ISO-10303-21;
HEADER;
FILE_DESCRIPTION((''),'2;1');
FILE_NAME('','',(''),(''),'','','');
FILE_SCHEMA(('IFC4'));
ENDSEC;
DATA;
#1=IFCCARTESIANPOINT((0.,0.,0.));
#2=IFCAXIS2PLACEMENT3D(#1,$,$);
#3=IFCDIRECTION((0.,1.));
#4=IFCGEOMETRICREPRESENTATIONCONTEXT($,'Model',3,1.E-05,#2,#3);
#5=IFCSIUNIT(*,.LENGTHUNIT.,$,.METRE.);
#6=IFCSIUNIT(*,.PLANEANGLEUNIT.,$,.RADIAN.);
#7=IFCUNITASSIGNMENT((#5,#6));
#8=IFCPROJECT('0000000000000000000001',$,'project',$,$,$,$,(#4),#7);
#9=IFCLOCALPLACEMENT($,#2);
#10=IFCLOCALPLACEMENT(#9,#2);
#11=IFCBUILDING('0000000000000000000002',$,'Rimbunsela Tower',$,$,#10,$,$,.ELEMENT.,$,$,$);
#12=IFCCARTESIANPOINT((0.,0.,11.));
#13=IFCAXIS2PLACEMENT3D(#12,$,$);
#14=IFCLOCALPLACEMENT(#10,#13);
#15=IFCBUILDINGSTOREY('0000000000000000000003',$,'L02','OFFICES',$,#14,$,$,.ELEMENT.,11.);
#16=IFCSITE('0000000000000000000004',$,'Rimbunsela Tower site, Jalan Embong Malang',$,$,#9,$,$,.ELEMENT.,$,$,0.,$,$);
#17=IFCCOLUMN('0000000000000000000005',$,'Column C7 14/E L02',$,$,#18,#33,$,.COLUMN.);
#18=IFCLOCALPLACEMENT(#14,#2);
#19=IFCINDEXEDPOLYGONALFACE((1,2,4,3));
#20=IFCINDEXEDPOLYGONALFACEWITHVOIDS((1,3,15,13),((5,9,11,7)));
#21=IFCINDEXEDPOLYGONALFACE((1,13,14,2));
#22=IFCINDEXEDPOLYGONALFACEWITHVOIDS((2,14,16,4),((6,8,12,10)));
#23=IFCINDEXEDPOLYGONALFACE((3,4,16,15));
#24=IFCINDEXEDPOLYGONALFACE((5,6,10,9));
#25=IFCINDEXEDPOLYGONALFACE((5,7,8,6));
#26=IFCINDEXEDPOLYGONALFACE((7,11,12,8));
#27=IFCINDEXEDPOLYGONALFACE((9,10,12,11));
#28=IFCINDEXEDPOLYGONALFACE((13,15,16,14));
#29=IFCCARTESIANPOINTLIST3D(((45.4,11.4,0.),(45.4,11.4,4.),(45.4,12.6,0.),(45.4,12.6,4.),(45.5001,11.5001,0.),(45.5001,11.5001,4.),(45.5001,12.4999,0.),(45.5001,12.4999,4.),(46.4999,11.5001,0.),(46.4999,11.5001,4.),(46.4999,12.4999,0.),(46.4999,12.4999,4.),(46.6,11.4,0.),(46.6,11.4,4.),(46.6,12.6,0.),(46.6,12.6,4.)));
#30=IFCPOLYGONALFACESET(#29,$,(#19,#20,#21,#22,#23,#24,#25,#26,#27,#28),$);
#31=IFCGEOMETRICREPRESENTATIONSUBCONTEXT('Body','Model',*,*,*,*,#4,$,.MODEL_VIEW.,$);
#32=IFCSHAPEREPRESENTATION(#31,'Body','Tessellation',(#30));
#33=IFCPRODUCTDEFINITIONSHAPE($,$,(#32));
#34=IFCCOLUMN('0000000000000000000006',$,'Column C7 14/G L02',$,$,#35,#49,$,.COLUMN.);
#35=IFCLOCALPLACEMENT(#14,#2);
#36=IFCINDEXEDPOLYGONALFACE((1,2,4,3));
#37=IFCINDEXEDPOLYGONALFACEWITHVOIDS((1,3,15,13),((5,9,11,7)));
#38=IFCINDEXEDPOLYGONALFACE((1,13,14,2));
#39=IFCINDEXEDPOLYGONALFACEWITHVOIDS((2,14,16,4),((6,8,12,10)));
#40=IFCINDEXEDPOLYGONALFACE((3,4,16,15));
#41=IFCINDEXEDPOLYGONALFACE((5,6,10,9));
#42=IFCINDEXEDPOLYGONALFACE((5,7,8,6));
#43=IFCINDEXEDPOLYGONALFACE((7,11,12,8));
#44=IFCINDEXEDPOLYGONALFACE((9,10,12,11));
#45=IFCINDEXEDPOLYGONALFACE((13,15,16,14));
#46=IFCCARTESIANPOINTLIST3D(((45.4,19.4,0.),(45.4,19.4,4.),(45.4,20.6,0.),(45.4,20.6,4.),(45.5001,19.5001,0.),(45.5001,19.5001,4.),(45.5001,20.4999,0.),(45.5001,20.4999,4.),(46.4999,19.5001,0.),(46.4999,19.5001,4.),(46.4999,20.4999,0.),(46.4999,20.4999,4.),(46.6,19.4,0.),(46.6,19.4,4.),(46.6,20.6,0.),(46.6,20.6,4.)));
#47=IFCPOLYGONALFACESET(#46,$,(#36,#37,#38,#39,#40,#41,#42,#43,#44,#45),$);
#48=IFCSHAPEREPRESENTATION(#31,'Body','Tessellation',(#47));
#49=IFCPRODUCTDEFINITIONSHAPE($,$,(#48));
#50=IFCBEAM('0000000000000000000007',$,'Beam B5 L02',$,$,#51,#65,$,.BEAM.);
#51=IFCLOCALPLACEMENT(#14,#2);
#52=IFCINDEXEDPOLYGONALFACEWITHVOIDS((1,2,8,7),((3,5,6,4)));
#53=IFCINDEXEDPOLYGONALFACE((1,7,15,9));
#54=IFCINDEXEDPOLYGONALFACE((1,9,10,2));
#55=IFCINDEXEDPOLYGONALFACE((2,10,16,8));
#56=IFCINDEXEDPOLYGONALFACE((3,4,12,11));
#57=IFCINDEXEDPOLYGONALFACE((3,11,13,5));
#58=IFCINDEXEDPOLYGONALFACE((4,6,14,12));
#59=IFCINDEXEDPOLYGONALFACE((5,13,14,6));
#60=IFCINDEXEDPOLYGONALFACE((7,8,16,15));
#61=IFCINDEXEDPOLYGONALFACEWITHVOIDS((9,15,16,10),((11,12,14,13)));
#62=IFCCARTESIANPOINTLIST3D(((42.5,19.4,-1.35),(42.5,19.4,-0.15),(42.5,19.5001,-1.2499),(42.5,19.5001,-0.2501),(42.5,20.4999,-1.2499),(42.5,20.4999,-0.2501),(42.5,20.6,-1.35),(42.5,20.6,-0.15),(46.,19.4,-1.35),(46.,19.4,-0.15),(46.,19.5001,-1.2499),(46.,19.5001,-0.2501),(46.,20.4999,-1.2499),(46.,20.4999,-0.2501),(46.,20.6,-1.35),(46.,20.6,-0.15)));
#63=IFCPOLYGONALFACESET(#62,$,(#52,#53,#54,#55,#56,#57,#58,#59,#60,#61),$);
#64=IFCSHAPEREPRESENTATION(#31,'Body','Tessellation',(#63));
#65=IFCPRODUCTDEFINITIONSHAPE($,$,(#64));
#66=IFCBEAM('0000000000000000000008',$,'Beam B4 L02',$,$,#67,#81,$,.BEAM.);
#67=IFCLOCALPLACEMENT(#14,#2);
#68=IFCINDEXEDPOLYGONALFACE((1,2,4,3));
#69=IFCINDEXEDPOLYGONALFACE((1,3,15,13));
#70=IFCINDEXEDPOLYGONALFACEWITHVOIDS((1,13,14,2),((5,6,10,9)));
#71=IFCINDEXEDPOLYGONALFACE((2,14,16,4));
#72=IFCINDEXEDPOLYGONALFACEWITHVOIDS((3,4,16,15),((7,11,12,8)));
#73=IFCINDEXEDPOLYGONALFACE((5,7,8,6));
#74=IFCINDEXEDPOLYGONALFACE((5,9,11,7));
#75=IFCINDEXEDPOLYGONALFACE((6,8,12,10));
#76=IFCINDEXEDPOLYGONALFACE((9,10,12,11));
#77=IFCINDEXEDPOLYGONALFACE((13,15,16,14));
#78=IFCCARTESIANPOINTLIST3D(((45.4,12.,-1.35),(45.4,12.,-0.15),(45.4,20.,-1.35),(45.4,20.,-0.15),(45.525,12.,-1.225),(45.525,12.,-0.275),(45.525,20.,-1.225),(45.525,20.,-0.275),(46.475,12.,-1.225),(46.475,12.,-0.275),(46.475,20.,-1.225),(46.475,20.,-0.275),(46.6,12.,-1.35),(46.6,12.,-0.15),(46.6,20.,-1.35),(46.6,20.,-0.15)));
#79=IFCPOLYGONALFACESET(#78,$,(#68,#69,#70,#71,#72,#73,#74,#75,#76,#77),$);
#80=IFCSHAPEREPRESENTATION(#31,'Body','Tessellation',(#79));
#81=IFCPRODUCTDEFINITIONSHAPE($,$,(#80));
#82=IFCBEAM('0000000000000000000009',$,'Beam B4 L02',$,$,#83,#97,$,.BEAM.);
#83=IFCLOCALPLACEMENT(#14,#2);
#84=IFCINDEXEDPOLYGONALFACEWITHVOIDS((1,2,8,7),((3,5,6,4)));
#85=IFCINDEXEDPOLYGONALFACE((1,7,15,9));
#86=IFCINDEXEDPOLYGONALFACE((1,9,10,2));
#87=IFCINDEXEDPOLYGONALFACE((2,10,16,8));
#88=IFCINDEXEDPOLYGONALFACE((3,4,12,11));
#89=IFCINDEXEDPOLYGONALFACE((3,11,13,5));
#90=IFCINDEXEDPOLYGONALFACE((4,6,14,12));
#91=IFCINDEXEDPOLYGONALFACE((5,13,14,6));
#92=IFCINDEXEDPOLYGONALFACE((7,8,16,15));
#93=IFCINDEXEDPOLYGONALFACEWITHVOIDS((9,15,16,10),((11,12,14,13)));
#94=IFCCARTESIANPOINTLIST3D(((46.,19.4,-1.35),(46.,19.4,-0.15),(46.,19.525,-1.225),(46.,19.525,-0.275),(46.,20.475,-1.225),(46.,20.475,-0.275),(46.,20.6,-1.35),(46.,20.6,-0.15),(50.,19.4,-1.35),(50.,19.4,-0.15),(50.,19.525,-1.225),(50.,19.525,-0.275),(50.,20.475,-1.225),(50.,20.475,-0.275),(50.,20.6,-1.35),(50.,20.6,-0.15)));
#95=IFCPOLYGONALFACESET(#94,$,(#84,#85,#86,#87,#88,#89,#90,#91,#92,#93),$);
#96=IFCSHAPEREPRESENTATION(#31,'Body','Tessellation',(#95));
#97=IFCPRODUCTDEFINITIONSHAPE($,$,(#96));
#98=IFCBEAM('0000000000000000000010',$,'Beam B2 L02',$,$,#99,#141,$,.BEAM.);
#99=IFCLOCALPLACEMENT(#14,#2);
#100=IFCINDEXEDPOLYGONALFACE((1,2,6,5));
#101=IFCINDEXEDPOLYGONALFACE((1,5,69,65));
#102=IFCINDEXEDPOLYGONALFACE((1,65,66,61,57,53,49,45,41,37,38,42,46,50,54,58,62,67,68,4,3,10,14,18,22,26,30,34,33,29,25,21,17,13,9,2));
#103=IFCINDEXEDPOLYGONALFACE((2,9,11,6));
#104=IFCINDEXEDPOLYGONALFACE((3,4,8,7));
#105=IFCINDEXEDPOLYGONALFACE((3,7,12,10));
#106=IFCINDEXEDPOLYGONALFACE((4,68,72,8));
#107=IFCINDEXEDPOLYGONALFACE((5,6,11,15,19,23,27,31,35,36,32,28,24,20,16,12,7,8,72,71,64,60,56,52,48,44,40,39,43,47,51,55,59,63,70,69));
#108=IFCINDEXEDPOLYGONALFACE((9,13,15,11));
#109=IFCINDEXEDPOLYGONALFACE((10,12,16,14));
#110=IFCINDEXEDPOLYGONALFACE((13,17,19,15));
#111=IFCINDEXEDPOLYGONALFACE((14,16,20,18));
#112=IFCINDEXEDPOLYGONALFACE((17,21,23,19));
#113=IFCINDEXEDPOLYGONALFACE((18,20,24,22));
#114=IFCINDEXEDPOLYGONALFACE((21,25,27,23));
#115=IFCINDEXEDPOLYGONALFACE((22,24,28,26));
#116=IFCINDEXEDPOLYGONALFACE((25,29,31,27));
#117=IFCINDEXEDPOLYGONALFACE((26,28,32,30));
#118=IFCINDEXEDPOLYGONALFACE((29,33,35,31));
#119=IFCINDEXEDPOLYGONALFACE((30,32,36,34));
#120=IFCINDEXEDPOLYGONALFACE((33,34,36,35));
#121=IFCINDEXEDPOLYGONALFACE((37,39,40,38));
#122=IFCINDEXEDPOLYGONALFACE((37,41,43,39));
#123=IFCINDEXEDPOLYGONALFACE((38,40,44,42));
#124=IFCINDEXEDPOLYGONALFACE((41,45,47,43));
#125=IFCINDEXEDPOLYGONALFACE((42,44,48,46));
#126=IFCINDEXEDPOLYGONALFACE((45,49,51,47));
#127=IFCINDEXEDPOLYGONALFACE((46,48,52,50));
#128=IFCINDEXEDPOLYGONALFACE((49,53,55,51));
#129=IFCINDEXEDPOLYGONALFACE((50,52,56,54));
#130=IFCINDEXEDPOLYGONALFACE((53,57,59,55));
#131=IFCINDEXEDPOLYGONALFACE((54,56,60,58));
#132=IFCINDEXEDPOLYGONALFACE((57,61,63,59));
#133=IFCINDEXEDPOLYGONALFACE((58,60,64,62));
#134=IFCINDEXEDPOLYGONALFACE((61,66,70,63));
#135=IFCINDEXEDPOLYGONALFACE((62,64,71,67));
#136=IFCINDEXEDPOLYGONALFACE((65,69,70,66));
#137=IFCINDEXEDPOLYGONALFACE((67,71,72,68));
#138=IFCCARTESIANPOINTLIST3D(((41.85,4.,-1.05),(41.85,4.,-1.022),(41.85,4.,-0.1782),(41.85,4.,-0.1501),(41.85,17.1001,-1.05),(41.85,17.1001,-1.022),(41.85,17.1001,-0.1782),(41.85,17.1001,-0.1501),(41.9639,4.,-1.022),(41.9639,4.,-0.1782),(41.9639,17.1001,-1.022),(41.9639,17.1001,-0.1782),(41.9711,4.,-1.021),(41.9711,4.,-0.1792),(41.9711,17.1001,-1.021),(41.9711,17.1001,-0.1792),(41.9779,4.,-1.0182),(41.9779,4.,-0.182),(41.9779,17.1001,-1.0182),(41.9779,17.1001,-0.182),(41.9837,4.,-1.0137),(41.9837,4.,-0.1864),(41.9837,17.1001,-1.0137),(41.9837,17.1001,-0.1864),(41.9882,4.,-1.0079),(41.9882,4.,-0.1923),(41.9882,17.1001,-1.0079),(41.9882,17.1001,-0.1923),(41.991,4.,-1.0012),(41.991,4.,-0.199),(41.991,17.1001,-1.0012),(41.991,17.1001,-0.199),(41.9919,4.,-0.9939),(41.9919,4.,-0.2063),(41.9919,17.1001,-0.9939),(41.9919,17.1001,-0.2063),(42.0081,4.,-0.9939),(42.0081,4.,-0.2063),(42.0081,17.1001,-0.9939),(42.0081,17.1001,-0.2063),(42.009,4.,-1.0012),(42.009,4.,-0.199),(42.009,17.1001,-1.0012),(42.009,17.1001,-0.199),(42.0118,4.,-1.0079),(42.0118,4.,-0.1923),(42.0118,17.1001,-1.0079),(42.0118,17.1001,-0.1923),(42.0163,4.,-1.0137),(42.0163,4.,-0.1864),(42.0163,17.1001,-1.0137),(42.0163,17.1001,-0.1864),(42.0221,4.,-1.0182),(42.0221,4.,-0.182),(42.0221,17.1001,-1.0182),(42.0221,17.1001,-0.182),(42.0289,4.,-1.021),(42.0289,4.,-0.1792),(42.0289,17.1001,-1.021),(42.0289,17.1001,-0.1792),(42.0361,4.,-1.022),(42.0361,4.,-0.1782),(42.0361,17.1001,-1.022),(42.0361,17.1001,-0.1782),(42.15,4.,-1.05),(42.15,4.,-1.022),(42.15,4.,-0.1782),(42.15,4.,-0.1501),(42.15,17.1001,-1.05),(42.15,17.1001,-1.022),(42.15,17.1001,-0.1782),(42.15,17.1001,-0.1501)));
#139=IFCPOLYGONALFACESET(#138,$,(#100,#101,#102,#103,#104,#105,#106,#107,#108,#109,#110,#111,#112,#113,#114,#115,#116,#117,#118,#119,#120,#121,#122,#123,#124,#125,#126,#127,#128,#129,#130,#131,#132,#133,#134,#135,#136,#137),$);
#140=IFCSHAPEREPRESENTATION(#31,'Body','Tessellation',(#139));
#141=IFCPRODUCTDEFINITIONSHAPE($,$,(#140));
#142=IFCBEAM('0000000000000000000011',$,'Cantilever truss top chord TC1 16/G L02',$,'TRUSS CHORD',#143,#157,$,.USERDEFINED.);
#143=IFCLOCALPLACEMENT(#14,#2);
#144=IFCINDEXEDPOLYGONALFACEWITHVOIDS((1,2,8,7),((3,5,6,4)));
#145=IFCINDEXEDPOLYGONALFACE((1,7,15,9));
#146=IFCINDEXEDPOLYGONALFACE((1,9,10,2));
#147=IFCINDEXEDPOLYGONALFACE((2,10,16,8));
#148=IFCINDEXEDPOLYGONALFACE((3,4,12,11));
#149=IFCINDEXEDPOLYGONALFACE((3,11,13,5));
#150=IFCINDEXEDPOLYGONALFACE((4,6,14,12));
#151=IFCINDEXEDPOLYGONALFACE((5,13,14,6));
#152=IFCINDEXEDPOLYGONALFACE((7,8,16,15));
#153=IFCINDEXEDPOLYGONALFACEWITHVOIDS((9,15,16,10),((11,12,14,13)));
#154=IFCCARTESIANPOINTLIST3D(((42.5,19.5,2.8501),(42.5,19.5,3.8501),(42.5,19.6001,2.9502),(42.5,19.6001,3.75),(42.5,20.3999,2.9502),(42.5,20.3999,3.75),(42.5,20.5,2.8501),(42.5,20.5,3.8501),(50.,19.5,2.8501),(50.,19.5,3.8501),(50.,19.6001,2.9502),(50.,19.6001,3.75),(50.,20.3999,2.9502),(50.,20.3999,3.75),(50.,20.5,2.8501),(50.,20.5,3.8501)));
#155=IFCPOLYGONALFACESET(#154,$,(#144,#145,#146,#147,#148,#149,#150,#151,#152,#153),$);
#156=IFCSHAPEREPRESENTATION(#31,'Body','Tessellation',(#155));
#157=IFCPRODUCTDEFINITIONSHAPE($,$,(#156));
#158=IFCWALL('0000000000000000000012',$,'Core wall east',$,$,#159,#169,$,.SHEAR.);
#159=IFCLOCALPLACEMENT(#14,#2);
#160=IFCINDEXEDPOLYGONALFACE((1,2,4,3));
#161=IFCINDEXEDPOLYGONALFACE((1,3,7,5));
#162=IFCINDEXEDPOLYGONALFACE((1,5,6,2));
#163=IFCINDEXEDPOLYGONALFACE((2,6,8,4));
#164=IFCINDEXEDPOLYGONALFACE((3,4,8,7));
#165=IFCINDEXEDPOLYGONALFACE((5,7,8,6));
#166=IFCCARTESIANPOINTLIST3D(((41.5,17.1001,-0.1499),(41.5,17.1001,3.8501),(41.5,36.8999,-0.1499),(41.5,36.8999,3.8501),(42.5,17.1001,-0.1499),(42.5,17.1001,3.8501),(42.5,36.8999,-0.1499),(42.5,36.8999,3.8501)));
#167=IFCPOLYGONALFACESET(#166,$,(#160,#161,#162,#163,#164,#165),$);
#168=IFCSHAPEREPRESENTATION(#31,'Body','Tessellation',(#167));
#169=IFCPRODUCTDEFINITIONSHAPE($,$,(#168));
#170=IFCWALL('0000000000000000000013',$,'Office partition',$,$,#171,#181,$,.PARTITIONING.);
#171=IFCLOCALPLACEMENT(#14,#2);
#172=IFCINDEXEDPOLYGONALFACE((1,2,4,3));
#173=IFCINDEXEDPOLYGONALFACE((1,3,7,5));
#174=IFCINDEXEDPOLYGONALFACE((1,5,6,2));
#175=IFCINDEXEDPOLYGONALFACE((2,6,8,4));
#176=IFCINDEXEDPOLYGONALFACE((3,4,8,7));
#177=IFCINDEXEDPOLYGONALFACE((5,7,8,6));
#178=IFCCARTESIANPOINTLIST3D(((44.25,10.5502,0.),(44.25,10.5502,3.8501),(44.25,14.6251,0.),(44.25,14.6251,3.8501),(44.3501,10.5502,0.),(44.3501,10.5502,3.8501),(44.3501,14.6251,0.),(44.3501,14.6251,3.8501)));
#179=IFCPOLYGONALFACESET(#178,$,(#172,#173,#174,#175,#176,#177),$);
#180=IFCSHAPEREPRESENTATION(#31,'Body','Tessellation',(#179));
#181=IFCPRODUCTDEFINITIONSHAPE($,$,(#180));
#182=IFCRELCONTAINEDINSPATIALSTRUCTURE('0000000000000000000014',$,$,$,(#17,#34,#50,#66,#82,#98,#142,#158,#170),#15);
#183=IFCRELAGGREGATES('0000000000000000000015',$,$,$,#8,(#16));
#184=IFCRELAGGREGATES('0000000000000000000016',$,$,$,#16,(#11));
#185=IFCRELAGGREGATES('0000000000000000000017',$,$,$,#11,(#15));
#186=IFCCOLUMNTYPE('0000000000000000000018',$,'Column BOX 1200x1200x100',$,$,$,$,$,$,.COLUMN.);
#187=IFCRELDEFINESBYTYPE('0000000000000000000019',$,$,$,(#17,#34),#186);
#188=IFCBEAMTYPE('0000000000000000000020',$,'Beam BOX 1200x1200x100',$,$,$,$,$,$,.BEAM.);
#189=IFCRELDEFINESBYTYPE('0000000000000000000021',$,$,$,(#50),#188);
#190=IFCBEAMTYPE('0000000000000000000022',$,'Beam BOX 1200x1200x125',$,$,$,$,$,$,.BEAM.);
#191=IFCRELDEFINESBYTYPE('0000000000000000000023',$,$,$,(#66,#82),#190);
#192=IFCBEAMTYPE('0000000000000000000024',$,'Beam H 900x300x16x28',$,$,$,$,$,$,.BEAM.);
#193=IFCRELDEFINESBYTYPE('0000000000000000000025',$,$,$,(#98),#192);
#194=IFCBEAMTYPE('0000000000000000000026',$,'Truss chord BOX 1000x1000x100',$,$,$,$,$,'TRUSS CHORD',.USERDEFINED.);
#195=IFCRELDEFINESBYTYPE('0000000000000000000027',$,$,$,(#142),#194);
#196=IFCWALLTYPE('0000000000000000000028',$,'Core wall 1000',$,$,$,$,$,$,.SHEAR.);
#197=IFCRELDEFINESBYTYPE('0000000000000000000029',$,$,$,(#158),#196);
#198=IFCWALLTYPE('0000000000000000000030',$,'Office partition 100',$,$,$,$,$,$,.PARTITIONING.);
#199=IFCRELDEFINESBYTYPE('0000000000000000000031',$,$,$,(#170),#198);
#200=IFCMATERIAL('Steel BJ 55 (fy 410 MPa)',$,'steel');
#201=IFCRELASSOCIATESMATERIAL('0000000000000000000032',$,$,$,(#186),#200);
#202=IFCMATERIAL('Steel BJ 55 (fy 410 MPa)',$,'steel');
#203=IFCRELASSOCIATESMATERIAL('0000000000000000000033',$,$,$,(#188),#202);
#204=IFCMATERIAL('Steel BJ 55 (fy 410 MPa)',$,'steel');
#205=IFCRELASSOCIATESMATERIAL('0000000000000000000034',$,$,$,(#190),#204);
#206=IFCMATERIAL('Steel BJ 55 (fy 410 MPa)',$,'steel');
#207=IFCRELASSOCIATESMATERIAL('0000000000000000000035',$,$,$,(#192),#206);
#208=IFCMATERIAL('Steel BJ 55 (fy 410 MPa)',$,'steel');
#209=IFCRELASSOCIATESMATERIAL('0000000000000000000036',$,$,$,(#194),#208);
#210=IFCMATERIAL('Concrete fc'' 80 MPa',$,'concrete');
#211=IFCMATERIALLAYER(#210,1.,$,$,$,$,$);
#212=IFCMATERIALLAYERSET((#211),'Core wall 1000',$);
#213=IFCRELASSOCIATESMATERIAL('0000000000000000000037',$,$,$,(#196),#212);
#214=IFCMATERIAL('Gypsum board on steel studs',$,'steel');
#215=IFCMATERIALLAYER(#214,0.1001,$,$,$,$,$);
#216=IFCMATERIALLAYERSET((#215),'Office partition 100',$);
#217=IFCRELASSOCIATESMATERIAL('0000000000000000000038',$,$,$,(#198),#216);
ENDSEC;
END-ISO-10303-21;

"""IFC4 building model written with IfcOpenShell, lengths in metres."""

from ifc_helpers import new_model, si_unit, direction, frame, frame_2d, origin, origin_2d, place, context, subcontext, project, spatial, rectangle, hollow_rectangle, i_section, extrude, material, layer, layer_set, material_profile, profile_set, type_object, element, save


model = new_model("IFC4")

# Units and contexts
model_context = context("Model", 3, precision=1e-05, world=origin(), true_north=direction((0.0, 1.0)))
body_context = subcontext(model_context, "Body", "Model", "MODEL_VIEW")
ifc_project = project(units=[si_unit("LENGTHUNIT", "METRE"), si_unit("PLANEANGLEUNIT", "RADIAN")], contexts=[model_context])

# Site, building, storey
site_placement = place(None, origin())
site = spatial("IfcSite", under=ifc_project, at=site_placement, Name="Rimbunsela Tower site, Jalan Embong Malang", CompositionType="ELEMENT", RefElevation=0.0)
building_placement = place(site_placement, origin())
building = spatial("IfcBuilding", under=site, at=building_placement, Name="Rimbunsela Tower", CompositionType="ELEMENT")
storey_placement = place(building_placement, frame((0.0, 0.0, 11.0)))
storey = spatial("IfcBuildingStorey", under=building, at=storey_placement, Name="L02", Description="OFFICES", CompositionType="ELEMENT", Elevation=11.0)

# Columns
ifc_material_1 = material(Name="Steel BJ 55 (fy 410 MPa)", Category="steel")
ifc_material_profile_1 = material_profile(ifc_material_1, hollow_rectangle(XDim=1.2, YDim=1.2, WallThickness=0.1001, at=origin_2d()), Name="BOX 1200x1200x100")
ifc_profile_set_1 = profile_set([ifc_material_profile_1], Name="Steel BJ 55 (fy 410 MPa)")
column_type = type_object("IfcColumnType", Name="Column BOX 1200x1200x100", PredefinedType="COLUMN", material=ifc_profile_set_1)
for number, where, z_axis, x_axis, name in (
    (1, (46.0, 12.0, 0.0), (0.0, 0.0, 1.0), (1.0, 0.0, 0.0), "Column C7 14/E L02"),
    (2, (46.0, 20.0, 0.0), (0.0, 0.0, 1.0), (1.0, 0.0, 0.0), "Column C7 14/G L02"),
):
    element("IfcColumn", number, at=place(storey_placement, frame(where, z_axis=z_axis, x_axis=x_axis)), inside=storey, type_object=column_type, Name=name, PredefinedType="COLUMN", context=body_context, shape_type="SweptSolid", body=[
        extrude(hollow_rectangle(XDim=1.2, YDim=1.2, WallThickness=0.1001, at=origin_2d()), origin(), (0.0, 0.0, 1.0), 4.0),
    ])

# Beams
ifc_material_2 = material(Name="Steel BJ 55 (fy 410 MPa)", Category="steel")
ifc_material_profile_2 = material_profile(ifc_material_2, hollow_rectangle(XDim=1.2, YDim=1.2, WallThickness=0.1001, at=origin_2d()), Name="BOX 1200x1200x100")
ifc_profile_set_2 = profile_set([ifc_material_profile_2], Name="Steel BJ 55 (fy 410 MPa)")
beam_type_1 = type_object("IfcBeamType", Name="Beam BOX 1200x1200x100", PredefinedType="BEAM", material=ifc_profile_set_2)
beam_1_placement = place(storey_placement, frame((42.5, 20.0, -0.75), z_axis=(1.0, 0.0, 0.0), x_axis=(0.0, 1.0, 0.0)))
element("IfcBeam", 3, at=beam_1_placement, inside=storey, type_object=beam_type_1, Name="Beam B5 L02", PredefinedType="BEAM", context=body_context, shape_type="SweptSolid", body=[
    extrude(hollow_rectangle(XDim=1.2, YDim=1.2, WallThickness=0.1001, at=origin_2d()), origin(), (0.0, 0.0, 1.0), 3.5),
])
ifc_material_3 = material(Name="Steel BJ 55 (fy 410 MPa)", Category="steel")
ifc_material_profile_3 = material_profile(ifc_material_3, hollow_rectangle(XDim=1.2, YDim=1.2, WallThickness=0.125, at=origin_2d()), Name="BOX 1200x1200x125")
ifc_profile_set_3 = profile_set([ifc_material_profile_3], Name="Steel BJ 55 (fy 410 MPa)")
beam_type_2 = type_object("IfcBeamType", Name="Beam BOX 1200x1200x125", PredefinedType="BEAM", material=ifc_profile_set_3)
beam_2_placement = place(storey_placement, frame((46.0, 12.0, -0.75), z_axis=(0.0, 1.0, 0.0), x_axis=(-1.0, 0.0, 0.0)))
element("IfcBeam", 4, at=beam_2_placement, inside=storey, type_object=beam_type_2, Name="Beam B4 L02", PredefinedType="BEAM", context=body_context, shape_type="SweptSolid", body=[
    extrude(hollow_rectangle(XDim=1.2, YDim=1.2, WallThickness=0.125, at=origin_2d()), origin(), (0.0, 0.0, 1.0), 8.0),
])
beam_3_placement = place(storey_placement, frame((46.0, 20.0, -0.75), z_axis=(1.0, 0.0, 0.0), x_axis=(0.0, 1.0, 0.0)))
element("IfcBeam", 5, at=beam_3_placement, inside=storey, type_object=beam_type_2, Name="Beam B4 L02", PredefinedType="BEAM", context=body_context, shape_type="SweptSolid", body=[
    extrude(hollow_rectangle(XDim=1.2, YDim=1.2, WallThickness=0.125, at=origin_2d()), origin(), (0.0, 0.0, 1.0), 4.0),
])
ifc_material_4 = material(Name="Steel BJ 55 (fy 410 MPa)", Category="steel")
ifc_material_profile_4 = material_profile(ifc_material_4, i_section(OverallWidth=0.3, OverallDepth=0.8999, WebThickness=0.0161, FlangeThickness=0.0281, FilletRadius=0.0281, at=origin_2d()), Name="H 900x300x16x28")
ifc_profile_set_4 = profile_set([ifc_material_profile_4], Name="Steel BJ 55 (fy 410 MPa)")
beam_type_3 = type_object("IfcBeamType", Name="Beam H 900x300x16x28", PredefinedType="BEAM", material=ifc_profile_set_4)
beam_4_placement = place(storey_placement, frame((42.0, 4.0, -0.6001), z_axis=(0.0, 1.0, 0.0), x_axis=(-1.0, 0.0, 0.0)))
element("IfcBeam", 6, at=beam_4_placement, inside=storey, type_object=beam_type_3, Name="Beam B2 L02", PredefinedType="BEAM", context=body_context, shape_type="SweptSolid", body=[
    extrude(i_section(OverallWidth=0.3, OverallDepth=0.8999, WebThickness=0.0161, FlangeThickness=0.0281, FilletRadius=0.0281, at=origin_2d()), origin(), (0.0, 0.0, 1.0), 13.1001),
])
ifc_material_5 = material(Name="Steel BJ 55 (fy 410 MPa)", Category="steel")
ifc_material_profile_5 = material_profile(ifc_material_5, hollow_rectangle(XDim=1.0, YDim=1.0, WallThickness=0.1001, at=origin_2d()), Name="BOX 1000x1000x100")
ifc_profile_set_5 = profile_set([ifc_material_profile_5], Name="Steel BJ 55 (fy 410 MPa)")
beam_type_4 = type_object("IfcBeamType", Name="Truss chord BOX 1000x1000x100", ElementType="TRUSS CHORD", PredefinedType="USERDEFINED", material=ifc_profile_set_5)
beam_5_placement = place(storey_placement, frame((42.5, 20.0, 3.3501), z_axis=(1.0, 0.0, 0.0), x_axis=(0.0, 1.0, 0.0)))
element("IfcBeam", 7, at=beam_5_placement, inside=storey, type_object=beam_type_4, Name="Cantilever truss top chord TC1 16/G L02", ObjectType="TRUSS CHORD", PredefinedType="USERDEFINED", context=body_context, shape_type="SweptSolid", body=[
    extrude(hollow_rectangle(XDim=1.0, YDim=1.0, WallThickness=0.1001, at=origin_2d()), origin(), (0.0, 0.0, 1.0), 7.5),
])

# Walls
ifc_material_6 = material(Name="Concrete fc' 80 MPa", Category="concrete")
ifc_layer_1 = layer(ifc_material_6, 1.0)
ifc_layer_set_1 = layer_set([ifc_layer_1], Name="Core wall 1000")
wall_type_1 = type_object("IfcWallType", Name="Core wall 1000", PredefinedType="SHEAR", material=ifc_layer_set_1)
wall_1_placement = place(storey_placement, frame((42.0, 17.1001, -0.1499), z_axis=(0.0, 0.0, 1.0), x_axis=(0.0, 1.0, 0.0)))
element("IfcWall", 8, at=wall_1_placement, inside=storey, type_object=wall_type_1, Name="Core wall east", PredefinedType="SHEAR", context=body_context, shape_type="SweptSolid", body=[
    extrude(rectangle(XDim=19.7998, YDim=1.0, at=frame_2d((9.8999, 0.0))), origin(), (0.0, 0.0, 1.0), 4.0),
])
ifc_material_7 = material(Name="Gypsum board on steel studs", Category="steel")
ifc_layer_2 = layer(ifc_material_7, 0.1001)
ifc_layer_set_2 = layer_set([ifc_layer_2], Name="Office partition 100")
wall_type_2 = type_object("IfcWallType", Name="Office partition 100", PredefinedType="PARTITIONING", material=ifc_layer_set_2)
wall_2_placement = place(storey_placement, frame((44.3, 10.55, 0.0), z_axis=(0.0, 0.0, 1.0), x_axis=(0.0, 1.0, 0.0)))
element("IfcWall", 9, at=wall_2_placement, inside=storey, type_object=wall_type_2, Name="Office partition", PredefinedType="PARTITIONING", context=body_context, shape_type="SweptSolid", body=[
    extrude(rectangle(XDim=4.075, YDim=0.1001, at=frame_2d((2.0376, 0.0))), origin(), (0.0, 0.0, 1.0), 3.8501),
])

save(model, "model.ifc")
